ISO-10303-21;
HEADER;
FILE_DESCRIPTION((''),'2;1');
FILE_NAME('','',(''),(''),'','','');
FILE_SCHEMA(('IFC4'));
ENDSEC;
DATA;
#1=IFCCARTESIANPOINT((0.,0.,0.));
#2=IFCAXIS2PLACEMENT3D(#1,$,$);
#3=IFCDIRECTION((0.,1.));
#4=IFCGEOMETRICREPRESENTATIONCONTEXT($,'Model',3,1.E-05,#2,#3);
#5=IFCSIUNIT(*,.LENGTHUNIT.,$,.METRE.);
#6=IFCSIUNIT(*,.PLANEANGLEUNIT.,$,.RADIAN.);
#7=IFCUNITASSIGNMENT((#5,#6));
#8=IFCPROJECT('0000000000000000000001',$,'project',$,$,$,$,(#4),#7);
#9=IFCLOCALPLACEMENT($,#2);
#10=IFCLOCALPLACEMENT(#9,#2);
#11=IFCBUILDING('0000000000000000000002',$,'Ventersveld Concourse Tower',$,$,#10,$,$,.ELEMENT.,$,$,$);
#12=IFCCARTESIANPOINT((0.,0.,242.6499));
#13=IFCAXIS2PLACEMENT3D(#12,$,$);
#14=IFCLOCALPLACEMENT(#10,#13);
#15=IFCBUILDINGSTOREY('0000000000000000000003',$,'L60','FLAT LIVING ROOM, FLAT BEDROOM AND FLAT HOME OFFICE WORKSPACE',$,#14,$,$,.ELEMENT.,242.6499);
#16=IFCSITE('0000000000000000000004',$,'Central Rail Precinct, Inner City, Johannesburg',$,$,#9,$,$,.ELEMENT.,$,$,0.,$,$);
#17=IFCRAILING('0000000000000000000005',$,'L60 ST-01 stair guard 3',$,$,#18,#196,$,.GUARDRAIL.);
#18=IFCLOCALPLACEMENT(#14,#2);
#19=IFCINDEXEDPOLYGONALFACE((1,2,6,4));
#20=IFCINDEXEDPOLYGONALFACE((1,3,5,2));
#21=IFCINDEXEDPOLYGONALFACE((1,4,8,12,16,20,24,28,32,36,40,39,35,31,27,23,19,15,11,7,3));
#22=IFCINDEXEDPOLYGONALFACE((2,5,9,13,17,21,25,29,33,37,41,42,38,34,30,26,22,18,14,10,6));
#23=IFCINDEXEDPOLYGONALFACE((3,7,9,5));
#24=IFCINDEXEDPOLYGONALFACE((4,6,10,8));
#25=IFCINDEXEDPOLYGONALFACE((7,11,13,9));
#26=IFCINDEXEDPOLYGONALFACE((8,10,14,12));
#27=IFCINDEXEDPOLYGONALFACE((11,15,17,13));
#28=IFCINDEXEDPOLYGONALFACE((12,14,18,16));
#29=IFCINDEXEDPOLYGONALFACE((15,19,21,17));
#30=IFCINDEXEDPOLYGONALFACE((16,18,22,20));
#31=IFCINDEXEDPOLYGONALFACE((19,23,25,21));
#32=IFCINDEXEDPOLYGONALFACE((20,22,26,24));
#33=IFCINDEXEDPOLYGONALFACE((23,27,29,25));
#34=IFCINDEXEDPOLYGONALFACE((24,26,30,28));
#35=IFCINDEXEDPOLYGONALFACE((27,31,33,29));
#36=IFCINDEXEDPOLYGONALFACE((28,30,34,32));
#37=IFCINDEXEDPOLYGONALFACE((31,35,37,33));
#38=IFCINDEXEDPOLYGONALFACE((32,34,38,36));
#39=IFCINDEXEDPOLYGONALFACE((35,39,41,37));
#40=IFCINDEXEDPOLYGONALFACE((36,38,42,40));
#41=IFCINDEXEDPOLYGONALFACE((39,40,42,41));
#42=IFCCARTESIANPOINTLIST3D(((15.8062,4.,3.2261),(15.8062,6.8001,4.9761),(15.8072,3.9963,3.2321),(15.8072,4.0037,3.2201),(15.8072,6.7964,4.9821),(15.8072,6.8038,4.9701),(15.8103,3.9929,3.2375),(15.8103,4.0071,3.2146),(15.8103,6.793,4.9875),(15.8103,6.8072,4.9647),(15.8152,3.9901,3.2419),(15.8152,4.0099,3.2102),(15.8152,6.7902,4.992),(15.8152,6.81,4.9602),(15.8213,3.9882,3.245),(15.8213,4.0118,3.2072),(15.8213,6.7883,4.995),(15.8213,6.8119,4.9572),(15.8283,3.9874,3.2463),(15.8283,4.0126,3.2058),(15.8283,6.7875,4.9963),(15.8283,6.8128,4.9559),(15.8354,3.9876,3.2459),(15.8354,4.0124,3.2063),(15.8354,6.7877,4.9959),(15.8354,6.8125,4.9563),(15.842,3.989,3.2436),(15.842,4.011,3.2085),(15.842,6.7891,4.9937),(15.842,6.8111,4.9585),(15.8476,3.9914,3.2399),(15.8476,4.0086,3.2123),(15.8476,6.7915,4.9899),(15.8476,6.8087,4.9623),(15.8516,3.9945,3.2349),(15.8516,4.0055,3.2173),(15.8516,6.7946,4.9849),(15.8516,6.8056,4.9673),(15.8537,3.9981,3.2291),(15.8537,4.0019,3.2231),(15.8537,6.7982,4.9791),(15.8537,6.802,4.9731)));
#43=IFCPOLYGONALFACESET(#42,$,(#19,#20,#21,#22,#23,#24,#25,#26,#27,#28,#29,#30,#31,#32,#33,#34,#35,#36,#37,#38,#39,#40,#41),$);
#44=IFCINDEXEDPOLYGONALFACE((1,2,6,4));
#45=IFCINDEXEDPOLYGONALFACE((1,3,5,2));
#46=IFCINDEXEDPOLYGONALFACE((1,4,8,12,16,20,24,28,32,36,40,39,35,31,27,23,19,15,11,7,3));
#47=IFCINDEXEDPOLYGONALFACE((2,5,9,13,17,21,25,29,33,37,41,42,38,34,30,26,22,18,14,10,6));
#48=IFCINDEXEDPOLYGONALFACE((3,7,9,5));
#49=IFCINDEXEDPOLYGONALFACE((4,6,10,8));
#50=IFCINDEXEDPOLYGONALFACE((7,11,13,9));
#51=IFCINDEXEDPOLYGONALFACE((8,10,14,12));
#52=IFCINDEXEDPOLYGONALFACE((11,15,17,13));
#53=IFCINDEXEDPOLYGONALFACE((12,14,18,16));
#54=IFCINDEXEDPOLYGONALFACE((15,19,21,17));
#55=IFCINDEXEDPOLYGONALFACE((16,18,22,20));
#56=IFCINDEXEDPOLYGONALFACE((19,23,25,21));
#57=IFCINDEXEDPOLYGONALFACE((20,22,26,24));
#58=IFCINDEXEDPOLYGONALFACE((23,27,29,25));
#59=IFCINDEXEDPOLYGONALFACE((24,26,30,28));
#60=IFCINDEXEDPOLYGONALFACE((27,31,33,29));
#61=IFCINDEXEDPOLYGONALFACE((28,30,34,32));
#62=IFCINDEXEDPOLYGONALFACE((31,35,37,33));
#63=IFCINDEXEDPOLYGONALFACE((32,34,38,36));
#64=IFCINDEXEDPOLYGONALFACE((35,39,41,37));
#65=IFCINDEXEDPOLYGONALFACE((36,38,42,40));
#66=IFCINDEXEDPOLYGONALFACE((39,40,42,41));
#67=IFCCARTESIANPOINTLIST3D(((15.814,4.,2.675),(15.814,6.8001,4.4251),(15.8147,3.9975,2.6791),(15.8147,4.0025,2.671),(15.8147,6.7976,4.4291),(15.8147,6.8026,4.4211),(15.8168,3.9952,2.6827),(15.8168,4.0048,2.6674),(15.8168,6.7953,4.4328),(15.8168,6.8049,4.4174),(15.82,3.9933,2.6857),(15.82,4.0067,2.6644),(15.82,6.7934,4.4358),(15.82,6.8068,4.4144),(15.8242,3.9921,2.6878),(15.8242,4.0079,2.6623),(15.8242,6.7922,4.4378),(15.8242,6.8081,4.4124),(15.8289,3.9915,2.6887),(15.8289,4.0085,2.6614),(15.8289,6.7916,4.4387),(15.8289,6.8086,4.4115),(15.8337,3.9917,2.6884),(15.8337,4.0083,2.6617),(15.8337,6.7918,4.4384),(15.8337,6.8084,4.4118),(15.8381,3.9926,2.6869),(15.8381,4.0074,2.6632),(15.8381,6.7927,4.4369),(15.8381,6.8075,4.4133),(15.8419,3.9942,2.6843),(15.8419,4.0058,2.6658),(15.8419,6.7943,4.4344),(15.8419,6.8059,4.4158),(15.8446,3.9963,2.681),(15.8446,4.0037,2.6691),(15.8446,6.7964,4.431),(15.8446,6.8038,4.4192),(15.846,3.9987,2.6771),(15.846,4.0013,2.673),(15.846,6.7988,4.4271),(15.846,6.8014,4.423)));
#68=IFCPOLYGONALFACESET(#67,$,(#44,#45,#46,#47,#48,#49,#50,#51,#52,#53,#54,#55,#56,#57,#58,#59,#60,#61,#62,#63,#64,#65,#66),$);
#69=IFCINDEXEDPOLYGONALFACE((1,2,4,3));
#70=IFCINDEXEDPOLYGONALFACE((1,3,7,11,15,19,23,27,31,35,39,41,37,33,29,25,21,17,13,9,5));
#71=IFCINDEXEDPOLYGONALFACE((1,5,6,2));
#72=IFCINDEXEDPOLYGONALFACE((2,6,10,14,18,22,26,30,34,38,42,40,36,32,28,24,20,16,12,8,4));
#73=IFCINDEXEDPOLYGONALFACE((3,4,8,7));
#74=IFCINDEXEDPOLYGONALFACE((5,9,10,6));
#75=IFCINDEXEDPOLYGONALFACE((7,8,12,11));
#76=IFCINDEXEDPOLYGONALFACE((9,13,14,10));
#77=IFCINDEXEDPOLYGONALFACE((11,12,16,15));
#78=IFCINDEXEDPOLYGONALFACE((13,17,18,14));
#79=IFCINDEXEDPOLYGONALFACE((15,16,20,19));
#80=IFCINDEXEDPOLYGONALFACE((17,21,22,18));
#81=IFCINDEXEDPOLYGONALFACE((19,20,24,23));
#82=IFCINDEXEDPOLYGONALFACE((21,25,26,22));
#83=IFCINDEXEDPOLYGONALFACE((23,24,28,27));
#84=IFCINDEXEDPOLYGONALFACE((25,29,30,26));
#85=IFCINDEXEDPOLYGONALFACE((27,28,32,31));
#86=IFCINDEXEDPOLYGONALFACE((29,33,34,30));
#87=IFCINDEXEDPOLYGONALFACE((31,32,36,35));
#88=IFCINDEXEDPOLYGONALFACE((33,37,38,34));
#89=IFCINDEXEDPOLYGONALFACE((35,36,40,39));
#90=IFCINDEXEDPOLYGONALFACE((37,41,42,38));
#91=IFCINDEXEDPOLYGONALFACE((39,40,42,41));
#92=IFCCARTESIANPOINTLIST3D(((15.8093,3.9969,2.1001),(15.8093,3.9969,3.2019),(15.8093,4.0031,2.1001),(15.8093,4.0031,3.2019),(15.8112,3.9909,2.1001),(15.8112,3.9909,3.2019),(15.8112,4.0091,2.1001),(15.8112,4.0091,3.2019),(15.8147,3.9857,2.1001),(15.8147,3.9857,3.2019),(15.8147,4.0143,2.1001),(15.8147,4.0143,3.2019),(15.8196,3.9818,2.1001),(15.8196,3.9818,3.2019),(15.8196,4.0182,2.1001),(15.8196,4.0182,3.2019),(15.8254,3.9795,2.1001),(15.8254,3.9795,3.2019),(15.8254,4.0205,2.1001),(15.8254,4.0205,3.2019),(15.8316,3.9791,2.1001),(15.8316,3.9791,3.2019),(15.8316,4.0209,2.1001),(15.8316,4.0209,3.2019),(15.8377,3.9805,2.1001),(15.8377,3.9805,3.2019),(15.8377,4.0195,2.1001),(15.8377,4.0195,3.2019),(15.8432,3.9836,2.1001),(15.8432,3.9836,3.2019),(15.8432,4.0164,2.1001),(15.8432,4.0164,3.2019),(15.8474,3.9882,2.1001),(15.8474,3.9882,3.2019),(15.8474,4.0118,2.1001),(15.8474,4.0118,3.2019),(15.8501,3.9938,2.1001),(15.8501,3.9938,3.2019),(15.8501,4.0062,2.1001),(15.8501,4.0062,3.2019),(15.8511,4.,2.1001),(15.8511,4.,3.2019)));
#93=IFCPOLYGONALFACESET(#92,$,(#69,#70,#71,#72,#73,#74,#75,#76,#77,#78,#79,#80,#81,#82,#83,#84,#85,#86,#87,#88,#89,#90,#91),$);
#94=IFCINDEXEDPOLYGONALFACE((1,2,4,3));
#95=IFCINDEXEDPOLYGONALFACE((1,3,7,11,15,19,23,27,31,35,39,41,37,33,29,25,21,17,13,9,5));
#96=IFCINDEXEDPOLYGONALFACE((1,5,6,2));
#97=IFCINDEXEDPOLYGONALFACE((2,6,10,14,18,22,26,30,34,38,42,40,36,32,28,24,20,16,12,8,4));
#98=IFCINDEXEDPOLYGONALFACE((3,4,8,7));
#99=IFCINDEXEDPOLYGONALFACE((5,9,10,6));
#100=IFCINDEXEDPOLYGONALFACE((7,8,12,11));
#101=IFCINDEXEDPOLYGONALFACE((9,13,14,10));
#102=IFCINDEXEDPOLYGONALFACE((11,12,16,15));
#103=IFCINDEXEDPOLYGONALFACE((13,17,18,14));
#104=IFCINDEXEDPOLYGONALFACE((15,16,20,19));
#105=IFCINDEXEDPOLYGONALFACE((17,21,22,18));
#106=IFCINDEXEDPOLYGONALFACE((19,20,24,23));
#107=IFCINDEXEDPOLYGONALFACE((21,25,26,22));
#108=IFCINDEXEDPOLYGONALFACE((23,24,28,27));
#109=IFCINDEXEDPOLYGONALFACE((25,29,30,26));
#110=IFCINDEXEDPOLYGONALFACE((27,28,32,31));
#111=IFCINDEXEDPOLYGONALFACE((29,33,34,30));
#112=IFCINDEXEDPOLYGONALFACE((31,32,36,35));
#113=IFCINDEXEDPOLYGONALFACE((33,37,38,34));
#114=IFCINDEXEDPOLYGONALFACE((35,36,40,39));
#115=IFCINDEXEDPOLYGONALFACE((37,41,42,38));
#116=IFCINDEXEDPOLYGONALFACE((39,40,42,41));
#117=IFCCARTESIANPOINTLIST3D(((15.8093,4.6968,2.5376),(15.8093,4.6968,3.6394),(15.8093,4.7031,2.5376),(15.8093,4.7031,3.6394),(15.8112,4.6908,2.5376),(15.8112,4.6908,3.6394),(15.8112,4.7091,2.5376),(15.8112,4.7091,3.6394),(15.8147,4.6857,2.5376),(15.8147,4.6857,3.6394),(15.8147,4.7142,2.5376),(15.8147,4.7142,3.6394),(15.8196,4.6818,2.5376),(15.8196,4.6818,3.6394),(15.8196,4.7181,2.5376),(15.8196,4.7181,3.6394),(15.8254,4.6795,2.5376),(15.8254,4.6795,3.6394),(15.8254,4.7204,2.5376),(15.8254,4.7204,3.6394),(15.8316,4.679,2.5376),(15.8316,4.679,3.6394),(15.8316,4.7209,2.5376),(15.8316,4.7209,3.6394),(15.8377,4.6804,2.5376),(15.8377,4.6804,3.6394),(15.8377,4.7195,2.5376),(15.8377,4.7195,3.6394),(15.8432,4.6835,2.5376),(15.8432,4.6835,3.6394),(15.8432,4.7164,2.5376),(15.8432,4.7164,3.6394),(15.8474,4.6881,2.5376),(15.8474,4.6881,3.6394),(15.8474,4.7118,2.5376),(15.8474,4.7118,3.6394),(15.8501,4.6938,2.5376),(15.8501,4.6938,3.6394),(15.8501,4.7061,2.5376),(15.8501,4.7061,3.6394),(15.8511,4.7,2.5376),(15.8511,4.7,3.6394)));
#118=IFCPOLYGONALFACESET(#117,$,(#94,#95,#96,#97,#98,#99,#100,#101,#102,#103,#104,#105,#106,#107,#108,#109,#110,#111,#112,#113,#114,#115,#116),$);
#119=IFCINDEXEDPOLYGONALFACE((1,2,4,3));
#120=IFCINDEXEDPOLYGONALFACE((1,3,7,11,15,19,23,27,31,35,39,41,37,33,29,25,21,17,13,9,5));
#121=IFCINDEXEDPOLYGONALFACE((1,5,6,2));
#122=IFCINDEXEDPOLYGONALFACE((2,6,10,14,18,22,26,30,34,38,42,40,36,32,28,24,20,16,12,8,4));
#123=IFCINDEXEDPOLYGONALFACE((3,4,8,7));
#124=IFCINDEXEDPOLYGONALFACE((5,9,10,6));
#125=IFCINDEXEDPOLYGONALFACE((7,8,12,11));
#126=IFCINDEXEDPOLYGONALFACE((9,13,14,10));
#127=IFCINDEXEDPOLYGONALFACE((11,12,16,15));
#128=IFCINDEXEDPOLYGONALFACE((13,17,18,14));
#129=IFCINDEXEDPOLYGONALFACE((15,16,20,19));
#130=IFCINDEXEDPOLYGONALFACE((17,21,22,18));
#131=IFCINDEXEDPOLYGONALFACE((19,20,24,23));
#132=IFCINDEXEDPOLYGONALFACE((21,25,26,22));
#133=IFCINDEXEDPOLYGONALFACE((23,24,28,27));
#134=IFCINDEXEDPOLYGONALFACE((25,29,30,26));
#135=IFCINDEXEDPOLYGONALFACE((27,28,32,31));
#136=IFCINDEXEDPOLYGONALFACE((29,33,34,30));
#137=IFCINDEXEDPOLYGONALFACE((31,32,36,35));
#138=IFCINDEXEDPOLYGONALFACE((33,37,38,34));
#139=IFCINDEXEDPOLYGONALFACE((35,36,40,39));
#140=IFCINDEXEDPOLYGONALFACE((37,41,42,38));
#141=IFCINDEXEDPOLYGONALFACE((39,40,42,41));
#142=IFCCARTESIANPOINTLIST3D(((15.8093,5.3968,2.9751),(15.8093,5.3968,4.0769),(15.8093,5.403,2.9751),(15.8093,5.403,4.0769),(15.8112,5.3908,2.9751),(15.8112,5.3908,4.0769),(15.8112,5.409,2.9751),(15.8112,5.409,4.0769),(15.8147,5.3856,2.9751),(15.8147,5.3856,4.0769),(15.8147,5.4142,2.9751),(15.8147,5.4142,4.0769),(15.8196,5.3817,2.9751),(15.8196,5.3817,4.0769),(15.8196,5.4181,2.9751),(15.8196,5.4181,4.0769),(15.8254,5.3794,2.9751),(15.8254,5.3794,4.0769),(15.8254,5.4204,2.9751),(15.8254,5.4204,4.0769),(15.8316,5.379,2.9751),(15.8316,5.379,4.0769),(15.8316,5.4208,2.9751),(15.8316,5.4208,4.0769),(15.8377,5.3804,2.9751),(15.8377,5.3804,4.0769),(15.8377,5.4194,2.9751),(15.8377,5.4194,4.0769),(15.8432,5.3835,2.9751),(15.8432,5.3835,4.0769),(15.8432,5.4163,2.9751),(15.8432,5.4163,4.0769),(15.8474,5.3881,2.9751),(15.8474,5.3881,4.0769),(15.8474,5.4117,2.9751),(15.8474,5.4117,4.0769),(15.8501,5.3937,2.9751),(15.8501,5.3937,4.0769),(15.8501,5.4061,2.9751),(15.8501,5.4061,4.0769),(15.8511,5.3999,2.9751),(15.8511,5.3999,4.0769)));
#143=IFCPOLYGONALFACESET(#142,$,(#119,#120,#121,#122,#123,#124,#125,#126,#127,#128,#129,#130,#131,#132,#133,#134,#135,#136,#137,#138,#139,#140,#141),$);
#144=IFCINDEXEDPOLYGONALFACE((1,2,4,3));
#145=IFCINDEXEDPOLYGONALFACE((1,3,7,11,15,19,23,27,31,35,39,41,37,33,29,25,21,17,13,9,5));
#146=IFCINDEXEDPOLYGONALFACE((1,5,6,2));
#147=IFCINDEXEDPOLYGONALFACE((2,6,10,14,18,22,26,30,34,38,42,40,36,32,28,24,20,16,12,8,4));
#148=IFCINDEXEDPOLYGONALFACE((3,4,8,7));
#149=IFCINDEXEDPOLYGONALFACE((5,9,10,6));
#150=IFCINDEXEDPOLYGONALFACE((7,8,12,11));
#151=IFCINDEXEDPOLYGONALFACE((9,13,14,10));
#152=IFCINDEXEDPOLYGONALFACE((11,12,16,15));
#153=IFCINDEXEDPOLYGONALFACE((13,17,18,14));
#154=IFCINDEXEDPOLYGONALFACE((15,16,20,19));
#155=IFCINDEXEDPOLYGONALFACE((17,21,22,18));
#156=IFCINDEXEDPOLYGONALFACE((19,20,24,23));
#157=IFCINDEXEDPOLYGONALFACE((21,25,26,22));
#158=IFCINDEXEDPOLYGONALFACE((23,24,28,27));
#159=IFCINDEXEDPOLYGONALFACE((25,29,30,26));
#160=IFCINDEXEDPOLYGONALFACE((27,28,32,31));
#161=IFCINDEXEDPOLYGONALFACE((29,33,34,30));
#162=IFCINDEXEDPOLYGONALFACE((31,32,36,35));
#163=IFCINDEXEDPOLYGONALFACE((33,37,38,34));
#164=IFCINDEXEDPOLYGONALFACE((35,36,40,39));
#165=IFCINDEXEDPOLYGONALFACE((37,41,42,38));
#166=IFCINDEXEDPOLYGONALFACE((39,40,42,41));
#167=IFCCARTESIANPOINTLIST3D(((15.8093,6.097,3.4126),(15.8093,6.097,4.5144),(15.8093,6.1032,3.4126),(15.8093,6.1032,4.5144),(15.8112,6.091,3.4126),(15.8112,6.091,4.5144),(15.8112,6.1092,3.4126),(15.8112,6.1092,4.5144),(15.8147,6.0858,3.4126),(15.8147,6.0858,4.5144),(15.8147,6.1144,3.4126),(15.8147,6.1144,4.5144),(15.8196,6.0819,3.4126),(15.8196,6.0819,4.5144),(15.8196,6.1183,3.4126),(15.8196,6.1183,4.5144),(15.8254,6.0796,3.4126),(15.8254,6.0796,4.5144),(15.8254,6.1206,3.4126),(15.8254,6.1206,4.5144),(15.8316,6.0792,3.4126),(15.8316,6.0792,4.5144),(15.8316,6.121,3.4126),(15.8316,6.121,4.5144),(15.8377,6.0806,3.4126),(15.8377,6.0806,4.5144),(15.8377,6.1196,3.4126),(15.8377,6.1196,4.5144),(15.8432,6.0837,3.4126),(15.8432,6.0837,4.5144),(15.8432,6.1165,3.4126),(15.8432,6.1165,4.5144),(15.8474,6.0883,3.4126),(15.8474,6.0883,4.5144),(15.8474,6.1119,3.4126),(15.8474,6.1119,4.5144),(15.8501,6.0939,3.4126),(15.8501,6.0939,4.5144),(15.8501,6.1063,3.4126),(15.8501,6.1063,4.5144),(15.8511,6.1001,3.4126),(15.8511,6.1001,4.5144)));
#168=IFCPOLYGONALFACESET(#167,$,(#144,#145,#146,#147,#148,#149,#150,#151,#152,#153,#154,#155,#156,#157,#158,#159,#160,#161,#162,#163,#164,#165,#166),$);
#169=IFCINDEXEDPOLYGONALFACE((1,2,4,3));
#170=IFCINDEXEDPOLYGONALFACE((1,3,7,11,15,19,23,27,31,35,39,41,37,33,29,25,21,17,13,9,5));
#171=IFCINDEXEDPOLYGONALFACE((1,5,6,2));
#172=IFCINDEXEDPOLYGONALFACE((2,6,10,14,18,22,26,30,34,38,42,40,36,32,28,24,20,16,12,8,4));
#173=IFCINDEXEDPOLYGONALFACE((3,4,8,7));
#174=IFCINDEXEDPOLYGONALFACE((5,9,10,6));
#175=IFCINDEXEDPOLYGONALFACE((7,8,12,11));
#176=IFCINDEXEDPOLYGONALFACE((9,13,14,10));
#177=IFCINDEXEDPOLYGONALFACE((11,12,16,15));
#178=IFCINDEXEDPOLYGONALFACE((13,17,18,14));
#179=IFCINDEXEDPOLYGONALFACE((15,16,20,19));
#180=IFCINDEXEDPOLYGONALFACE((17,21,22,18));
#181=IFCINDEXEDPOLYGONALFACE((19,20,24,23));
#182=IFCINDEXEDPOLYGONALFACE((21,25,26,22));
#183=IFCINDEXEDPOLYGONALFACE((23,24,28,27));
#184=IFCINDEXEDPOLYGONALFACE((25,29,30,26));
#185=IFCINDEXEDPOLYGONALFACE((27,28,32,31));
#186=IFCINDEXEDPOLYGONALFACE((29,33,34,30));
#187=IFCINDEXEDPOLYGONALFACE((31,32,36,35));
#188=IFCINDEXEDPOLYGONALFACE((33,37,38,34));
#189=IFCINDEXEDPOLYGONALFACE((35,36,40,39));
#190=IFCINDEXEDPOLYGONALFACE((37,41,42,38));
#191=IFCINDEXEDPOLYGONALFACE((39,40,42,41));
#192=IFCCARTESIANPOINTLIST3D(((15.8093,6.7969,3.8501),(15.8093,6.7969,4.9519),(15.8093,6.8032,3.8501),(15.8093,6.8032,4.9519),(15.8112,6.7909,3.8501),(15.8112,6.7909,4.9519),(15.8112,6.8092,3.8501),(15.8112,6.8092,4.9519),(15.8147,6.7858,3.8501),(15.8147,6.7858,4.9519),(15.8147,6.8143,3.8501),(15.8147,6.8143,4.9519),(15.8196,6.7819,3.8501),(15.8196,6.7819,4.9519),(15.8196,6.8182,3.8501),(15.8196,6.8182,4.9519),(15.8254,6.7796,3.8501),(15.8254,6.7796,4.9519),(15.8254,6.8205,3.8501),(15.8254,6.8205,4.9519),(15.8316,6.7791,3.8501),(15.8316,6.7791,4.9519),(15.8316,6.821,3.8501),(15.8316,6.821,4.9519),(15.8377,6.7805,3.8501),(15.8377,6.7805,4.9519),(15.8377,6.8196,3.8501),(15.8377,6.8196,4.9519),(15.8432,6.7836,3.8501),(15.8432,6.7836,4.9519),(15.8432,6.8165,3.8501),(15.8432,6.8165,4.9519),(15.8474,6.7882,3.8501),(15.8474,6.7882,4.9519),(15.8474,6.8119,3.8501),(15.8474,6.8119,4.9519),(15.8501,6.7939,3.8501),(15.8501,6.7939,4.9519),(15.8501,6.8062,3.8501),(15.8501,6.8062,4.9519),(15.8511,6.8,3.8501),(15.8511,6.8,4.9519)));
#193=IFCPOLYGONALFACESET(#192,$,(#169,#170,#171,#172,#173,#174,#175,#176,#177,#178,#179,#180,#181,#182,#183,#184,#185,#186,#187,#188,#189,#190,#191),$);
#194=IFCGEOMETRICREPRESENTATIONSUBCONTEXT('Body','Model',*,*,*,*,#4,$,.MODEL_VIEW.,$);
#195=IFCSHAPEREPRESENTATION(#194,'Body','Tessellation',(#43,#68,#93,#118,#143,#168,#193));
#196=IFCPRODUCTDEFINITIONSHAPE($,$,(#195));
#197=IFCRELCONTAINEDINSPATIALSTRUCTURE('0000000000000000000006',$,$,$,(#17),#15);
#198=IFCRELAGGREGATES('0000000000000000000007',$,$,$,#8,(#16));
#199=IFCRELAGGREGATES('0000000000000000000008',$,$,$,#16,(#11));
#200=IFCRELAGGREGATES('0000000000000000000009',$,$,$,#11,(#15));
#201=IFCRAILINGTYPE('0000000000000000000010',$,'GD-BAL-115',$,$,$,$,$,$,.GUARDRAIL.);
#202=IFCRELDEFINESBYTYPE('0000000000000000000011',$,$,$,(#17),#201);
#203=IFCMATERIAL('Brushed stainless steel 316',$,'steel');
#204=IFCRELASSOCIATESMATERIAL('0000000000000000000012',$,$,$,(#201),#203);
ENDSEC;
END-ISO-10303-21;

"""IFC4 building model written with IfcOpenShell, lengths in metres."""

from ifc_helpers import new_model, si_unit, direction, frame, origin, origin_2d, place, context, subcontext, project, spatial, circle, extrude, material, type_object, element, save


model = new_model("IFC4")

# Units and contexts
model_context = context("Model", 3, precision=1e-05, world=origin(), true_north=direction((0.0, 1.0)))
body_context = subcontext(model_context, "Body", "Model", "MODEL_VIEW")
ifc_project = project(units=[si_unit("LENGTHUNIT", "METRE"), si_unit("PLANEANGLEUNIT", "RADIAN")], contexts=[model_context])

# Site, building, storey
site_placement = place(None, origin())
site = spatial("IfcSite", under=ifc_project, at=site_placement, Name="Central Rail Precinct, Inner City, Johannesburg", CompositionType="ELEMENT", RefElevation=0.0)
building_placement = place(site_placement, origin())
building = spatial("IfcBuilding", under=site, at=building_placement, Name="Ventersveld Concourse Tower", CompositionType="ELEMENT")
storey_placement = place(building_placement, frame((0.0, 0.0, 242.6499)))
storey = spatial("IfcBuildingStorey", under=building, at=storey_placement, Name="L60", Description="FLAT LIVING ROOM, FLAT BEDROOM AND FLAT HOME OFFICE WORKSPACE", CompositionType="ELEMENT", Elevation=242.6499)

# Shared definitions
ifc_material_1 = material(Name="Brushed stainless steel 316", Category="steel")

# Railing
railing_type_1 = type_object("IfcRailingType", Name="GD-BAL-115", PredefinedType="GUARDRAIL", material=ifc_material_1)
railing_1_placement = place(storey_placement, frame((15.8301, 4.0, 2.1001)))
element("IfcRailing", 1, at=railing_1_placement, inside=storey, type_object=railing_type_1, Name="L60 ST-01 stair guard 3", PredefinedType="GUARDRAIL", context=body_context, shape_type="SweptSolid", body=[
    extrude(circle(Radius=0.0239, at=origin_2d()), frame((0.0, 0.0, 1.126), z_axis=(0.0, 0.848002, 0.529992), x_axis=(-1.0, 0.0, 0.0)), (0.0, 0.0, 1.0), 3.302),
    extrude(circle(Radius=0.0161, at=origin_2d()), frame((0.0, 0.0, 0.575), z_axis=(0.0, 0.848002, 0.529992), x_axis=(-1.0, 0.0, 0.0)), (0.0, 0.0, 1.0), 3.302),
    extrude(circle(Radius=0.021, at=origin_2d()), origin(), (0.0, 0.0, 1.0), 1.1018),
    extrude(circle(Radius=0.021, at=origin_2d()), frame((0.0, 0.7, 0.4375)), (0.0, 0.0, 1.0), 1.1018),
    extrude(circle(Radius=0.021, at=origin_2d()), frame((0.0, 1.3999, 0.875)), (0.0, 0.0, 1.0), 1.1018),
    extrude(circle(Radius=0.021, at=origin_2d()), frame((0.0, 2.1001, 1.3125)), (0.0, 0.0, 1.0), 1.1018),
    extrude(circle(Radius=0.021, at=origin_2d()), frame((0.0, 2.8, 1.75)), (0.0, 0.0, 1.0), 1.1018),
])

save(model, "model.ifc")
